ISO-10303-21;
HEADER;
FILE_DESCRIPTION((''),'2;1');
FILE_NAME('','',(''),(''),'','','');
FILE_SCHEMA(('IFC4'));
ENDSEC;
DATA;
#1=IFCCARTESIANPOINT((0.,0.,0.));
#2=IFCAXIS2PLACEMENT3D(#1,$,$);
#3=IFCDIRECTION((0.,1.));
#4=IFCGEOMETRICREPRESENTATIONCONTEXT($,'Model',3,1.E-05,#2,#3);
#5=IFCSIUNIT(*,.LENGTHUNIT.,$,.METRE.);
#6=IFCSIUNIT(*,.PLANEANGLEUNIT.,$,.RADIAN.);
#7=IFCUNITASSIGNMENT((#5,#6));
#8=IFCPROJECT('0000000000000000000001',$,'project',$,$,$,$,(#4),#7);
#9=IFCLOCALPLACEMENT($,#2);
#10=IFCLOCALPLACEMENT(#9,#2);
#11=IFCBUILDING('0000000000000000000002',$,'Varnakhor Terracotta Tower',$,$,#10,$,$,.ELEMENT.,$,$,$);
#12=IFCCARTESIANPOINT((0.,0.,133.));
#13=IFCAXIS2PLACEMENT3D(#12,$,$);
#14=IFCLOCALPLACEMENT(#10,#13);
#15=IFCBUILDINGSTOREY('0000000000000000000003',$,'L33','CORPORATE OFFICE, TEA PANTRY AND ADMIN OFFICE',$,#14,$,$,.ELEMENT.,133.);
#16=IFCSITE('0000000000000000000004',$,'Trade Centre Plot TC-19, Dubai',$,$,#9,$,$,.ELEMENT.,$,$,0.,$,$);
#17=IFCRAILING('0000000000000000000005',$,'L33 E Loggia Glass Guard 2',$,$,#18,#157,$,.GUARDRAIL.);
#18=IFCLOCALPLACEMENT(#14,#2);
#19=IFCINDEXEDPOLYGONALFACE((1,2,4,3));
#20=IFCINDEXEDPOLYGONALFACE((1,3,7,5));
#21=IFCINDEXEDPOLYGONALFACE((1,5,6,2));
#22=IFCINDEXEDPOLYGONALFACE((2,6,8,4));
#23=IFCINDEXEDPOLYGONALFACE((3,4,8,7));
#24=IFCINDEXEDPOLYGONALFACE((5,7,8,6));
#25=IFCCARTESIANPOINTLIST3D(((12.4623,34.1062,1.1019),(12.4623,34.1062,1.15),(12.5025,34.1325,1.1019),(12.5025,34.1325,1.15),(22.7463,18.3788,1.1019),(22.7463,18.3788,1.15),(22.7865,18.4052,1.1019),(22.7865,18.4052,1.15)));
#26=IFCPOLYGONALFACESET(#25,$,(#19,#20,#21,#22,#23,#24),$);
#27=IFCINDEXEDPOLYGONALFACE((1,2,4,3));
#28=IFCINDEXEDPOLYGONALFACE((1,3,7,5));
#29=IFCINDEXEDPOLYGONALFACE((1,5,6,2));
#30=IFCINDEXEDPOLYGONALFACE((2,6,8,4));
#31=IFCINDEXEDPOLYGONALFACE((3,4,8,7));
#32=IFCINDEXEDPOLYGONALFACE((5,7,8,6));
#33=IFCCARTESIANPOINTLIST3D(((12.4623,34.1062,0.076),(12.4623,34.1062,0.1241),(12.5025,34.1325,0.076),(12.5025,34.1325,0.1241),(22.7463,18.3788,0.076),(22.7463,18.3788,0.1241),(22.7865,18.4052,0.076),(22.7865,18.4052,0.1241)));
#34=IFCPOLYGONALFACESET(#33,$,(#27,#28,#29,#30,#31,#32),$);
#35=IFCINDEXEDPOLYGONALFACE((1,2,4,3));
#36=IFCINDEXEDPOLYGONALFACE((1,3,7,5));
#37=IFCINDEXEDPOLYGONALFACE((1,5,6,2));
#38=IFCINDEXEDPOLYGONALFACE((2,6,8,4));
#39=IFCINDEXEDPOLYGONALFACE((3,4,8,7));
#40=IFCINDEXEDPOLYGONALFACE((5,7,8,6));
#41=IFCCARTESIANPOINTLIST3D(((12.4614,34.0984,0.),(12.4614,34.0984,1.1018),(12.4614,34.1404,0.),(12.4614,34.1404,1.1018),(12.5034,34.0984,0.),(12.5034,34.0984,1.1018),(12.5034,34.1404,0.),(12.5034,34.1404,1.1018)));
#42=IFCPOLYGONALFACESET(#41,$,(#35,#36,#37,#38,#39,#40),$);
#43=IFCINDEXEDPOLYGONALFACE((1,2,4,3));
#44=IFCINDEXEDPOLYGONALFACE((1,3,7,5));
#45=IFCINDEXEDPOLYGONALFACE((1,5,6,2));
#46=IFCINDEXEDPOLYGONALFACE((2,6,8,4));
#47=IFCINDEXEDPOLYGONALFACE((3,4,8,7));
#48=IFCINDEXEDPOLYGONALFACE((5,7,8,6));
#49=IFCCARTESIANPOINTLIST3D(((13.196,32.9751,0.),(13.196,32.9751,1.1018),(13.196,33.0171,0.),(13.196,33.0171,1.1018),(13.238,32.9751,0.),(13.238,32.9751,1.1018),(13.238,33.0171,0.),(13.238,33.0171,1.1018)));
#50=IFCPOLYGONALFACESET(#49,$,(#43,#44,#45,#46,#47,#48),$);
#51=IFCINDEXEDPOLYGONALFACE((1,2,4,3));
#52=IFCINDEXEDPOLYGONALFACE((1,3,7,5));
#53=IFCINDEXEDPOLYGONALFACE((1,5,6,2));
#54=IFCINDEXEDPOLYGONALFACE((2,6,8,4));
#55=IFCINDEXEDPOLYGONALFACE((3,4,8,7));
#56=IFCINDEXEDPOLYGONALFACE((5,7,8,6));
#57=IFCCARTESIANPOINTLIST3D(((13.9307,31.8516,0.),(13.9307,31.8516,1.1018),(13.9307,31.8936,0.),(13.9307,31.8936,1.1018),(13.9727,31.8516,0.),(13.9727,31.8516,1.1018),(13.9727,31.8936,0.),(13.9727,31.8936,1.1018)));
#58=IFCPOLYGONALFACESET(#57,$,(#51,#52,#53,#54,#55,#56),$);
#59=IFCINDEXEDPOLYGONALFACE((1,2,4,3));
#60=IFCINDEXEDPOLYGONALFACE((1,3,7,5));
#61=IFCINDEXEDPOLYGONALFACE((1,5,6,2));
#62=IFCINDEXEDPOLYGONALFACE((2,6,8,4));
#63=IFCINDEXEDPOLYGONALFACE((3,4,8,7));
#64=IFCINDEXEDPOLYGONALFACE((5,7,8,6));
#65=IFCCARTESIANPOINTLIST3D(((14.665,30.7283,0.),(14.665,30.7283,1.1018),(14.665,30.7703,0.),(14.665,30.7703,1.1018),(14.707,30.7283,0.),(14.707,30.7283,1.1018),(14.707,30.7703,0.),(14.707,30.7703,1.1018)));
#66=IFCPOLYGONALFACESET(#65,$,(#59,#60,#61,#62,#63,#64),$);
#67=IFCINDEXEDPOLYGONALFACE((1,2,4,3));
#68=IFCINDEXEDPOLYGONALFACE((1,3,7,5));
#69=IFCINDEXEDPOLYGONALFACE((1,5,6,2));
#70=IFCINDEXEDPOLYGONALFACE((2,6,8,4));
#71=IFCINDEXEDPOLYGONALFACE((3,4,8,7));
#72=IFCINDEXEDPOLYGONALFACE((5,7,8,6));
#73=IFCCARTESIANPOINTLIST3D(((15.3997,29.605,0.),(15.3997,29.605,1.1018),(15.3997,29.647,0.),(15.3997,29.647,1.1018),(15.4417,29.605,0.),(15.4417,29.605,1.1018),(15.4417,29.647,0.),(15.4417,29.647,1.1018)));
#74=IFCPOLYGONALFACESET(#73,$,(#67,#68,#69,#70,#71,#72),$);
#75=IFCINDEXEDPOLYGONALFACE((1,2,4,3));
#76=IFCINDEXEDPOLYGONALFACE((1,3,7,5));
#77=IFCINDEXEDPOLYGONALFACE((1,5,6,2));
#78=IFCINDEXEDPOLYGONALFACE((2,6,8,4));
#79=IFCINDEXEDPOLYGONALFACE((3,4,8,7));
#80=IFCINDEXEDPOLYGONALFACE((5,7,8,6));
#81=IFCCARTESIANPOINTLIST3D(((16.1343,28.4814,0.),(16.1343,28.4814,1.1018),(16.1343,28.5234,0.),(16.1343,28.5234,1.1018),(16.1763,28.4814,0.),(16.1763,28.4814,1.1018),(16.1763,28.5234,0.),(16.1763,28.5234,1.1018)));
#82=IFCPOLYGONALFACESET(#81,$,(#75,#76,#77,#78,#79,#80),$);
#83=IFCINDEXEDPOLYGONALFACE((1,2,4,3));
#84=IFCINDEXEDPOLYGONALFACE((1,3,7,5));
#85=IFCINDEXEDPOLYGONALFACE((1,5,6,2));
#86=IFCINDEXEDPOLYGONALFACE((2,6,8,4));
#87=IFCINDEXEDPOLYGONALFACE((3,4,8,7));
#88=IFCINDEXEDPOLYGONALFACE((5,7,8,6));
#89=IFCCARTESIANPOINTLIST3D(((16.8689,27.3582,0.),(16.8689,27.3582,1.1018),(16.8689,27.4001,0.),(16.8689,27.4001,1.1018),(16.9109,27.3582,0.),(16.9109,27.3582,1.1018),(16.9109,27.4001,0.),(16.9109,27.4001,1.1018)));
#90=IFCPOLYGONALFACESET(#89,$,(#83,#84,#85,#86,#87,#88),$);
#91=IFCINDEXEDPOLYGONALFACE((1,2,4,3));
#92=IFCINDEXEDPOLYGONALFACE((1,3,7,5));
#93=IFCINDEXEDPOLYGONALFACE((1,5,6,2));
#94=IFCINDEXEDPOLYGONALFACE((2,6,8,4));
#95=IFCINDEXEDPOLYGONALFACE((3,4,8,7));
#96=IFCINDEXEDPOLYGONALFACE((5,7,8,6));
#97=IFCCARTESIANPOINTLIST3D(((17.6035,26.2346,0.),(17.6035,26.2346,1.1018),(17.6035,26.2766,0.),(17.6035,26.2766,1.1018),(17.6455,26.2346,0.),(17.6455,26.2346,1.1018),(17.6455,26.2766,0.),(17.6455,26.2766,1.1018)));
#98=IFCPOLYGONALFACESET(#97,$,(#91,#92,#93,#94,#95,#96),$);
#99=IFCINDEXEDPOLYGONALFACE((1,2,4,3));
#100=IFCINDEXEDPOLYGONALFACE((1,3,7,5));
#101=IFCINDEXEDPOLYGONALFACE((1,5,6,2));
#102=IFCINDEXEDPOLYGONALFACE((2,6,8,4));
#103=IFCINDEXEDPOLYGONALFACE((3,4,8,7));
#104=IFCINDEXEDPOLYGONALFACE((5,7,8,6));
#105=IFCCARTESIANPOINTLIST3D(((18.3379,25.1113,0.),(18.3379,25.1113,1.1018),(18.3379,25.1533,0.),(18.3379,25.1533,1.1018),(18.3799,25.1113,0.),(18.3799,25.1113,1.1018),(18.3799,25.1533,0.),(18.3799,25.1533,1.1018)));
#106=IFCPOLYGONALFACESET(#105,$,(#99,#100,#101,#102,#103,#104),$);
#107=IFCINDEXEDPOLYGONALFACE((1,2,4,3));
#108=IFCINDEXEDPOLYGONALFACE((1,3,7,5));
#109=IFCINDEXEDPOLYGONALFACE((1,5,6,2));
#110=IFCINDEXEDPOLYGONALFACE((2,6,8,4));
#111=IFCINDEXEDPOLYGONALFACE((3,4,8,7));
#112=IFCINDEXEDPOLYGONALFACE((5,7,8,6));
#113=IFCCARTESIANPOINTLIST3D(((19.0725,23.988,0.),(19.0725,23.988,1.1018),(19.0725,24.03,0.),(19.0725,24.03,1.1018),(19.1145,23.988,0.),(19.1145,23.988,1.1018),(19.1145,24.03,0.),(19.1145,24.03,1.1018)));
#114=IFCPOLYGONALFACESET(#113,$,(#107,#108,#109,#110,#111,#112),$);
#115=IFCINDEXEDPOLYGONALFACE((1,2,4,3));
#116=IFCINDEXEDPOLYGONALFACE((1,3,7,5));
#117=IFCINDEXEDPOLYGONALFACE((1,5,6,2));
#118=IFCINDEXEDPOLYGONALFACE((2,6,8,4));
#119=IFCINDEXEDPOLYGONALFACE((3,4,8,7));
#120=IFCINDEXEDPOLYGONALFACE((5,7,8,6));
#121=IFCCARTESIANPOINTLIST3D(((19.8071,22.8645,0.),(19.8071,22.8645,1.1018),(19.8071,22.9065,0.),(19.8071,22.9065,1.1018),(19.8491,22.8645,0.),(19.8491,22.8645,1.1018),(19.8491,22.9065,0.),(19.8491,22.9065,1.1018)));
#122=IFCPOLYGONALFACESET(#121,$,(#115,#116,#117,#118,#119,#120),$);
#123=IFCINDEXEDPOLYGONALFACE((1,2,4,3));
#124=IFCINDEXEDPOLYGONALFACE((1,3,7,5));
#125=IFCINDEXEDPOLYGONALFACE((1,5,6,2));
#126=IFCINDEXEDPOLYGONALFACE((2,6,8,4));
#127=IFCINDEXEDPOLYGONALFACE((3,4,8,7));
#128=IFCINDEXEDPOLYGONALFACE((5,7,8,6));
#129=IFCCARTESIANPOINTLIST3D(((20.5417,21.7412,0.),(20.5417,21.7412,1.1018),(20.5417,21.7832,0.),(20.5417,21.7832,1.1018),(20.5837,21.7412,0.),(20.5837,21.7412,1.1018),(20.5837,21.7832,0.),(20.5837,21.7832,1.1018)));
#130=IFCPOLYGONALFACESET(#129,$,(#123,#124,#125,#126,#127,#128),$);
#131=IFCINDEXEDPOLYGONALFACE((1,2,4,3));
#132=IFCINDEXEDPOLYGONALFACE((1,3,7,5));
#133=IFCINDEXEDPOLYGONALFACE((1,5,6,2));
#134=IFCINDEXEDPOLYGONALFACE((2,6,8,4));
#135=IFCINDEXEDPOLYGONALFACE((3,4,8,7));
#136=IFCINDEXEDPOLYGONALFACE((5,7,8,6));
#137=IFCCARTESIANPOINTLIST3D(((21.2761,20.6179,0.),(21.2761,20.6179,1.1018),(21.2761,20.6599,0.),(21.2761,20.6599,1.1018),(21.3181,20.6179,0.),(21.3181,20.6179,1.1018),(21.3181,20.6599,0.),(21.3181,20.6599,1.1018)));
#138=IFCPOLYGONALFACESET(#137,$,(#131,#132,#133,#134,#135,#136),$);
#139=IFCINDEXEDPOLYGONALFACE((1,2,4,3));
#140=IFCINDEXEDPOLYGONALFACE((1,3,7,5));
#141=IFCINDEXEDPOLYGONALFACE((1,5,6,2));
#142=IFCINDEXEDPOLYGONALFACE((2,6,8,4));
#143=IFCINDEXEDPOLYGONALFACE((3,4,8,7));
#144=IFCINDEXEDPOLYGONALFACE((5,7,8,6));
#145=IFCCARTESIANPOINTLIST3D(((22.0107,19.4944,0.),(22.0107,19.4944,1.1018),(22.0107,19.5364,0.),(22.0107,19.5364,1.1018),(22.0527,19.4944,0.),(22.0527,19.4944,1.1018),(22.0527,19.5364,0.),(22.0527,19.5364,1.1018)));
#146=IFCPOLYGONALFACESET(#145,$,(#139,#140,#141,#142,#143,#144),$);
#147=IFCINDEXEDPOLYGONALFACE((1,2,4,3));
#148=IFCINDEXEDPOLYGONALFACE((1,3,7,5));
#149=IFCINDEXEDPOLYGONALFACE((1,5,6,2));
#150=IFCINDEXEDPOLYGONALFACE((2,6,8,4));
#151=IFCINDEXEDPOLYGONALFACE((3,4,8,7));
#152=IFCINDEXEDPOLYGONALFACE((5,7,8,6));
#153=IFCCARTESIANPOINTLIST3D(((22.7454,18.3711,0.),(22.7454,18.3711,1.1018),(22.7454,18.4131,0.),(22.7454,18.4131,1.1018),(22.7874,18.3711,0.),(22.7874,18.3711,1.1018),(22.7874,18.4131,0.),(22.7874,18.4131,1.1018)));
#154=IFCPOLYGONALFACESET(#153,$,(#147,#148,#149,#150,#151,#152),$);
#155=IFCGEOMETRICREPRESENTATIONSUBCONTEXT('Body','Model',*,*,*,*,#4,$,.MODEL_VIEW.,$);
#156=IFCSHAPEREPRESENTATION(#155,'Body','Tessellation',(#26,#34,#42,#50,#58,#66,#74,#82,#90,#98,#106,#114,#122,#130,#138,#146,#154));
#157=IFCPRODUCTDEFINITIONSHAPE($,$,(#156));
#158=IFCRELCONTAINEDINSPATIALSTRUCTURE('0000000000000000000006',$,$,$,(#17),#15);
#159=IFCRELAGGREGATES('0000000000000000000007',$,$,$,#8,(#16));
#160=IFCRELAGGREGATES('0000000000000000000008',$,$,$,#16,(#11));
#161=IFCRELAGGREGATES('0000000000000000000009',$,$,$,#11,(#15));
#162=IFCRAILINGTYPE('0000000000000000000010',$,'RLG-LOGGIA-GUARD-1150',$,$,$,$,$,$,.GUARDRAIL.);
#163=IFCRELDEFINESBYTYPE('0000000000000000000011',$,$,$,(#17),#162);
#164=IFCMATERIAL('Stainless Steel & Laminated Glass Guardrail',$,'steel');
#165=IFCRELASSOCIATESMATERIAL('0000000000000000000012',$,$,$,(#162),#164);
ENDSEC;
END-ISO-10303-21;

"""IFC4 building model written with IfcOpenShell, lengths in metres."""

from ifc_helpers import new_model, si_unit, direction, frame, origin, origin_2d, place, context, subcontext, project, spatial, rectangle, extrude, material, type_object, element, save


model = new_model("IFC4")

# Units and contexts
model_context = context("Model", 3, precision=1e-05, world=origin(), true_north=direction((0.0, 1.0)))
body_context = subcontext(model_context, "Body", "Model", "MODEL_VIEW")
ifc_project = project(units=[si_unit("LENGTHUNIT", "METRE"), si_unit("PLANEANGLEUNIT", "RADIAN")], contexts=[model_context])

# Site, building, storey
site_placement = place(None, origin())
site = spatial("IfcSite", under=ifc_project, at=site_placement, Name="Trade Centre Plot TC-19, Dubai", CompositionType="ELEMENT", RefElevation=0.0)
building_placement = place(site_placement, origin())
building = spatial("IfcBuilding", under=site, at=building_placement, Name="Varnakhor Terracotta Tower", CompositionType="ELEMENT")
storey_placement = place(building_placement, frame((0.0, 0.0, 133.0)))
storey = spatial("IfcBuildingStorey", under=building, at=storey_placement, Name="L33", Description="CORPORATE OFFICE, TEA PANTRY AND ADMIN OFFICE", CompositionType="ELEMENT", Elevation=133.0)

# Railing
ifc_material_1 = material(Name="Stainless Steel & Laminated Glass Guardrail", Category="steel")
railing_type = type_object("IfcRailingType", Name="RLG-LOGGIA-GUARD-1150", PredefinedType="GUARDRAIL", material=ifc_material_1)
railing_1_placement = place(storey_placement, frame((12.4824, 34.1194, 0.0)))
element("IfcRailing", 1, at=railing_1_placement, inside=storey, type_object=railing_type, Name="L33 E Loggia Glass Guard 2", PredefinedType="GUARDRAIL", context=body_context, shape_type="SweptSolid", body=[
    extrude(rectangle(XDim=0.0481, YDim=0.0481, at=origin_2d()), frame((0.0, 0.0, 1.126), z_axis=(0.547276, -0.836952, 0.0), x_axis=(0.836952, 0.547276, 0.0)), (0.0, 0.0, 1.0), 18.7913),
    extrude(rectangle(XDim=0.0481, YDim=0.0481, at=origin_2d()), frame((0.0, 0.0, 0.1001), z_axis=(0.547276, -0.836952, 0.0), x_axis=(0.836952, 0.547276, 0.0)), (0.0, 0.0, 1.0), 18.7913),
    extrude(rectangle(XDim=0.042, YDim=0.042, at=origin_2d()), origin(), (0.0, 0.0, 1.0), 1.1018),
    extrude(rectangle(XDim=0.042, YDim=0.042, at=origin_2d()), frame((0.7346, -1.1233, 0.0)), (0.0, 0.0, 1.0), 1.1018),
    extrude(rectangle(XDim=0.042, YDim=0.042, at=origin_2d()), frame((1.4692, -2.2468, 0.0)), (0.0, 0.0, 1.0), 1.1018),
    extrude(rectangle(XDim=0.042, YDim=0.042, at=origin_2d()), frame((2.2036, -3.3701, 0.0)), (0.0, 0.0, 1.0), 1.1018),
    extrude(rectangle(XDim=0.042, YDim=0.042, at=origin_2d()), frame((2.9382, -4.4934, 0.0)), (0.0, 0.0, 1.0), 1.1018),
    extrude(rectangle(XDim=0.042, YDim=0.042, at=origin_2d()), frame((3.6729, -5.6169, 0.0)), (0.0, 0.0, 1.0), 1.1018),
    extrude(rectangle(XDim=0.042, YDim=0.042, at=origin_2d()), frame((4.4075, -6.7402, 0.0)), (0.0, 0.0, 1.0), 1.1018),
    extrude(rectangle(XDim=0.042, YDim=0.042, at=origin_2d()), frame((5.1421, -7.8638, 0.0)), (0.0, 0.0, 1.0), 1.1018),
    extrude(rectangle(XDim=0.042, YDim=0.042, at=origin_2d()), frame((5.8765, -8.9871, 0.0)), (0.0, 0.0, 1.0), 1.1018),
    extrude(rectangle(XDim=0.042, YDim=0.042, at=origin_2d()), frame((6.6111, -10.1104, 0.0)), (0.0, 0.0, 1.0), 1.1018),
    extrude(rectangle(XDim=0.042, YDim=0.042, at=origin_2d()), frame((7.3457, -11.2339, 0.0)), (0.0, 0.0, 1.0), 1.1018),
    extrude(rectangle(XDim=0.042, YDim=0.042, at=origin_2d()), frame((8.0803, -12.3572, 0.0)), (0.0, 0.0, 1.0), 1.1018),
    extrude(rectangle(XDim=0.042, YDim=0.042, at=origin_2d()), frame((8.8147, -13.4805, 0.0)), (0.0, 0.0, 1.0), 1.1018),
    extrude(rectangle(XDim=0.042, YDim=0.042, at=origin_2d()), frame((9.5493, -14.604, 0.0)), (0.0, 0.0, 1.0), 1.1018),
    extrude(rectangle(XDim=0.042, YDim=0.042, at=origin_2d()), frame((10.2839, -15.7273, 0.0)), (0.0, 0.0, 1.0), 1.1018),
])

save(model, "model.ifc")
